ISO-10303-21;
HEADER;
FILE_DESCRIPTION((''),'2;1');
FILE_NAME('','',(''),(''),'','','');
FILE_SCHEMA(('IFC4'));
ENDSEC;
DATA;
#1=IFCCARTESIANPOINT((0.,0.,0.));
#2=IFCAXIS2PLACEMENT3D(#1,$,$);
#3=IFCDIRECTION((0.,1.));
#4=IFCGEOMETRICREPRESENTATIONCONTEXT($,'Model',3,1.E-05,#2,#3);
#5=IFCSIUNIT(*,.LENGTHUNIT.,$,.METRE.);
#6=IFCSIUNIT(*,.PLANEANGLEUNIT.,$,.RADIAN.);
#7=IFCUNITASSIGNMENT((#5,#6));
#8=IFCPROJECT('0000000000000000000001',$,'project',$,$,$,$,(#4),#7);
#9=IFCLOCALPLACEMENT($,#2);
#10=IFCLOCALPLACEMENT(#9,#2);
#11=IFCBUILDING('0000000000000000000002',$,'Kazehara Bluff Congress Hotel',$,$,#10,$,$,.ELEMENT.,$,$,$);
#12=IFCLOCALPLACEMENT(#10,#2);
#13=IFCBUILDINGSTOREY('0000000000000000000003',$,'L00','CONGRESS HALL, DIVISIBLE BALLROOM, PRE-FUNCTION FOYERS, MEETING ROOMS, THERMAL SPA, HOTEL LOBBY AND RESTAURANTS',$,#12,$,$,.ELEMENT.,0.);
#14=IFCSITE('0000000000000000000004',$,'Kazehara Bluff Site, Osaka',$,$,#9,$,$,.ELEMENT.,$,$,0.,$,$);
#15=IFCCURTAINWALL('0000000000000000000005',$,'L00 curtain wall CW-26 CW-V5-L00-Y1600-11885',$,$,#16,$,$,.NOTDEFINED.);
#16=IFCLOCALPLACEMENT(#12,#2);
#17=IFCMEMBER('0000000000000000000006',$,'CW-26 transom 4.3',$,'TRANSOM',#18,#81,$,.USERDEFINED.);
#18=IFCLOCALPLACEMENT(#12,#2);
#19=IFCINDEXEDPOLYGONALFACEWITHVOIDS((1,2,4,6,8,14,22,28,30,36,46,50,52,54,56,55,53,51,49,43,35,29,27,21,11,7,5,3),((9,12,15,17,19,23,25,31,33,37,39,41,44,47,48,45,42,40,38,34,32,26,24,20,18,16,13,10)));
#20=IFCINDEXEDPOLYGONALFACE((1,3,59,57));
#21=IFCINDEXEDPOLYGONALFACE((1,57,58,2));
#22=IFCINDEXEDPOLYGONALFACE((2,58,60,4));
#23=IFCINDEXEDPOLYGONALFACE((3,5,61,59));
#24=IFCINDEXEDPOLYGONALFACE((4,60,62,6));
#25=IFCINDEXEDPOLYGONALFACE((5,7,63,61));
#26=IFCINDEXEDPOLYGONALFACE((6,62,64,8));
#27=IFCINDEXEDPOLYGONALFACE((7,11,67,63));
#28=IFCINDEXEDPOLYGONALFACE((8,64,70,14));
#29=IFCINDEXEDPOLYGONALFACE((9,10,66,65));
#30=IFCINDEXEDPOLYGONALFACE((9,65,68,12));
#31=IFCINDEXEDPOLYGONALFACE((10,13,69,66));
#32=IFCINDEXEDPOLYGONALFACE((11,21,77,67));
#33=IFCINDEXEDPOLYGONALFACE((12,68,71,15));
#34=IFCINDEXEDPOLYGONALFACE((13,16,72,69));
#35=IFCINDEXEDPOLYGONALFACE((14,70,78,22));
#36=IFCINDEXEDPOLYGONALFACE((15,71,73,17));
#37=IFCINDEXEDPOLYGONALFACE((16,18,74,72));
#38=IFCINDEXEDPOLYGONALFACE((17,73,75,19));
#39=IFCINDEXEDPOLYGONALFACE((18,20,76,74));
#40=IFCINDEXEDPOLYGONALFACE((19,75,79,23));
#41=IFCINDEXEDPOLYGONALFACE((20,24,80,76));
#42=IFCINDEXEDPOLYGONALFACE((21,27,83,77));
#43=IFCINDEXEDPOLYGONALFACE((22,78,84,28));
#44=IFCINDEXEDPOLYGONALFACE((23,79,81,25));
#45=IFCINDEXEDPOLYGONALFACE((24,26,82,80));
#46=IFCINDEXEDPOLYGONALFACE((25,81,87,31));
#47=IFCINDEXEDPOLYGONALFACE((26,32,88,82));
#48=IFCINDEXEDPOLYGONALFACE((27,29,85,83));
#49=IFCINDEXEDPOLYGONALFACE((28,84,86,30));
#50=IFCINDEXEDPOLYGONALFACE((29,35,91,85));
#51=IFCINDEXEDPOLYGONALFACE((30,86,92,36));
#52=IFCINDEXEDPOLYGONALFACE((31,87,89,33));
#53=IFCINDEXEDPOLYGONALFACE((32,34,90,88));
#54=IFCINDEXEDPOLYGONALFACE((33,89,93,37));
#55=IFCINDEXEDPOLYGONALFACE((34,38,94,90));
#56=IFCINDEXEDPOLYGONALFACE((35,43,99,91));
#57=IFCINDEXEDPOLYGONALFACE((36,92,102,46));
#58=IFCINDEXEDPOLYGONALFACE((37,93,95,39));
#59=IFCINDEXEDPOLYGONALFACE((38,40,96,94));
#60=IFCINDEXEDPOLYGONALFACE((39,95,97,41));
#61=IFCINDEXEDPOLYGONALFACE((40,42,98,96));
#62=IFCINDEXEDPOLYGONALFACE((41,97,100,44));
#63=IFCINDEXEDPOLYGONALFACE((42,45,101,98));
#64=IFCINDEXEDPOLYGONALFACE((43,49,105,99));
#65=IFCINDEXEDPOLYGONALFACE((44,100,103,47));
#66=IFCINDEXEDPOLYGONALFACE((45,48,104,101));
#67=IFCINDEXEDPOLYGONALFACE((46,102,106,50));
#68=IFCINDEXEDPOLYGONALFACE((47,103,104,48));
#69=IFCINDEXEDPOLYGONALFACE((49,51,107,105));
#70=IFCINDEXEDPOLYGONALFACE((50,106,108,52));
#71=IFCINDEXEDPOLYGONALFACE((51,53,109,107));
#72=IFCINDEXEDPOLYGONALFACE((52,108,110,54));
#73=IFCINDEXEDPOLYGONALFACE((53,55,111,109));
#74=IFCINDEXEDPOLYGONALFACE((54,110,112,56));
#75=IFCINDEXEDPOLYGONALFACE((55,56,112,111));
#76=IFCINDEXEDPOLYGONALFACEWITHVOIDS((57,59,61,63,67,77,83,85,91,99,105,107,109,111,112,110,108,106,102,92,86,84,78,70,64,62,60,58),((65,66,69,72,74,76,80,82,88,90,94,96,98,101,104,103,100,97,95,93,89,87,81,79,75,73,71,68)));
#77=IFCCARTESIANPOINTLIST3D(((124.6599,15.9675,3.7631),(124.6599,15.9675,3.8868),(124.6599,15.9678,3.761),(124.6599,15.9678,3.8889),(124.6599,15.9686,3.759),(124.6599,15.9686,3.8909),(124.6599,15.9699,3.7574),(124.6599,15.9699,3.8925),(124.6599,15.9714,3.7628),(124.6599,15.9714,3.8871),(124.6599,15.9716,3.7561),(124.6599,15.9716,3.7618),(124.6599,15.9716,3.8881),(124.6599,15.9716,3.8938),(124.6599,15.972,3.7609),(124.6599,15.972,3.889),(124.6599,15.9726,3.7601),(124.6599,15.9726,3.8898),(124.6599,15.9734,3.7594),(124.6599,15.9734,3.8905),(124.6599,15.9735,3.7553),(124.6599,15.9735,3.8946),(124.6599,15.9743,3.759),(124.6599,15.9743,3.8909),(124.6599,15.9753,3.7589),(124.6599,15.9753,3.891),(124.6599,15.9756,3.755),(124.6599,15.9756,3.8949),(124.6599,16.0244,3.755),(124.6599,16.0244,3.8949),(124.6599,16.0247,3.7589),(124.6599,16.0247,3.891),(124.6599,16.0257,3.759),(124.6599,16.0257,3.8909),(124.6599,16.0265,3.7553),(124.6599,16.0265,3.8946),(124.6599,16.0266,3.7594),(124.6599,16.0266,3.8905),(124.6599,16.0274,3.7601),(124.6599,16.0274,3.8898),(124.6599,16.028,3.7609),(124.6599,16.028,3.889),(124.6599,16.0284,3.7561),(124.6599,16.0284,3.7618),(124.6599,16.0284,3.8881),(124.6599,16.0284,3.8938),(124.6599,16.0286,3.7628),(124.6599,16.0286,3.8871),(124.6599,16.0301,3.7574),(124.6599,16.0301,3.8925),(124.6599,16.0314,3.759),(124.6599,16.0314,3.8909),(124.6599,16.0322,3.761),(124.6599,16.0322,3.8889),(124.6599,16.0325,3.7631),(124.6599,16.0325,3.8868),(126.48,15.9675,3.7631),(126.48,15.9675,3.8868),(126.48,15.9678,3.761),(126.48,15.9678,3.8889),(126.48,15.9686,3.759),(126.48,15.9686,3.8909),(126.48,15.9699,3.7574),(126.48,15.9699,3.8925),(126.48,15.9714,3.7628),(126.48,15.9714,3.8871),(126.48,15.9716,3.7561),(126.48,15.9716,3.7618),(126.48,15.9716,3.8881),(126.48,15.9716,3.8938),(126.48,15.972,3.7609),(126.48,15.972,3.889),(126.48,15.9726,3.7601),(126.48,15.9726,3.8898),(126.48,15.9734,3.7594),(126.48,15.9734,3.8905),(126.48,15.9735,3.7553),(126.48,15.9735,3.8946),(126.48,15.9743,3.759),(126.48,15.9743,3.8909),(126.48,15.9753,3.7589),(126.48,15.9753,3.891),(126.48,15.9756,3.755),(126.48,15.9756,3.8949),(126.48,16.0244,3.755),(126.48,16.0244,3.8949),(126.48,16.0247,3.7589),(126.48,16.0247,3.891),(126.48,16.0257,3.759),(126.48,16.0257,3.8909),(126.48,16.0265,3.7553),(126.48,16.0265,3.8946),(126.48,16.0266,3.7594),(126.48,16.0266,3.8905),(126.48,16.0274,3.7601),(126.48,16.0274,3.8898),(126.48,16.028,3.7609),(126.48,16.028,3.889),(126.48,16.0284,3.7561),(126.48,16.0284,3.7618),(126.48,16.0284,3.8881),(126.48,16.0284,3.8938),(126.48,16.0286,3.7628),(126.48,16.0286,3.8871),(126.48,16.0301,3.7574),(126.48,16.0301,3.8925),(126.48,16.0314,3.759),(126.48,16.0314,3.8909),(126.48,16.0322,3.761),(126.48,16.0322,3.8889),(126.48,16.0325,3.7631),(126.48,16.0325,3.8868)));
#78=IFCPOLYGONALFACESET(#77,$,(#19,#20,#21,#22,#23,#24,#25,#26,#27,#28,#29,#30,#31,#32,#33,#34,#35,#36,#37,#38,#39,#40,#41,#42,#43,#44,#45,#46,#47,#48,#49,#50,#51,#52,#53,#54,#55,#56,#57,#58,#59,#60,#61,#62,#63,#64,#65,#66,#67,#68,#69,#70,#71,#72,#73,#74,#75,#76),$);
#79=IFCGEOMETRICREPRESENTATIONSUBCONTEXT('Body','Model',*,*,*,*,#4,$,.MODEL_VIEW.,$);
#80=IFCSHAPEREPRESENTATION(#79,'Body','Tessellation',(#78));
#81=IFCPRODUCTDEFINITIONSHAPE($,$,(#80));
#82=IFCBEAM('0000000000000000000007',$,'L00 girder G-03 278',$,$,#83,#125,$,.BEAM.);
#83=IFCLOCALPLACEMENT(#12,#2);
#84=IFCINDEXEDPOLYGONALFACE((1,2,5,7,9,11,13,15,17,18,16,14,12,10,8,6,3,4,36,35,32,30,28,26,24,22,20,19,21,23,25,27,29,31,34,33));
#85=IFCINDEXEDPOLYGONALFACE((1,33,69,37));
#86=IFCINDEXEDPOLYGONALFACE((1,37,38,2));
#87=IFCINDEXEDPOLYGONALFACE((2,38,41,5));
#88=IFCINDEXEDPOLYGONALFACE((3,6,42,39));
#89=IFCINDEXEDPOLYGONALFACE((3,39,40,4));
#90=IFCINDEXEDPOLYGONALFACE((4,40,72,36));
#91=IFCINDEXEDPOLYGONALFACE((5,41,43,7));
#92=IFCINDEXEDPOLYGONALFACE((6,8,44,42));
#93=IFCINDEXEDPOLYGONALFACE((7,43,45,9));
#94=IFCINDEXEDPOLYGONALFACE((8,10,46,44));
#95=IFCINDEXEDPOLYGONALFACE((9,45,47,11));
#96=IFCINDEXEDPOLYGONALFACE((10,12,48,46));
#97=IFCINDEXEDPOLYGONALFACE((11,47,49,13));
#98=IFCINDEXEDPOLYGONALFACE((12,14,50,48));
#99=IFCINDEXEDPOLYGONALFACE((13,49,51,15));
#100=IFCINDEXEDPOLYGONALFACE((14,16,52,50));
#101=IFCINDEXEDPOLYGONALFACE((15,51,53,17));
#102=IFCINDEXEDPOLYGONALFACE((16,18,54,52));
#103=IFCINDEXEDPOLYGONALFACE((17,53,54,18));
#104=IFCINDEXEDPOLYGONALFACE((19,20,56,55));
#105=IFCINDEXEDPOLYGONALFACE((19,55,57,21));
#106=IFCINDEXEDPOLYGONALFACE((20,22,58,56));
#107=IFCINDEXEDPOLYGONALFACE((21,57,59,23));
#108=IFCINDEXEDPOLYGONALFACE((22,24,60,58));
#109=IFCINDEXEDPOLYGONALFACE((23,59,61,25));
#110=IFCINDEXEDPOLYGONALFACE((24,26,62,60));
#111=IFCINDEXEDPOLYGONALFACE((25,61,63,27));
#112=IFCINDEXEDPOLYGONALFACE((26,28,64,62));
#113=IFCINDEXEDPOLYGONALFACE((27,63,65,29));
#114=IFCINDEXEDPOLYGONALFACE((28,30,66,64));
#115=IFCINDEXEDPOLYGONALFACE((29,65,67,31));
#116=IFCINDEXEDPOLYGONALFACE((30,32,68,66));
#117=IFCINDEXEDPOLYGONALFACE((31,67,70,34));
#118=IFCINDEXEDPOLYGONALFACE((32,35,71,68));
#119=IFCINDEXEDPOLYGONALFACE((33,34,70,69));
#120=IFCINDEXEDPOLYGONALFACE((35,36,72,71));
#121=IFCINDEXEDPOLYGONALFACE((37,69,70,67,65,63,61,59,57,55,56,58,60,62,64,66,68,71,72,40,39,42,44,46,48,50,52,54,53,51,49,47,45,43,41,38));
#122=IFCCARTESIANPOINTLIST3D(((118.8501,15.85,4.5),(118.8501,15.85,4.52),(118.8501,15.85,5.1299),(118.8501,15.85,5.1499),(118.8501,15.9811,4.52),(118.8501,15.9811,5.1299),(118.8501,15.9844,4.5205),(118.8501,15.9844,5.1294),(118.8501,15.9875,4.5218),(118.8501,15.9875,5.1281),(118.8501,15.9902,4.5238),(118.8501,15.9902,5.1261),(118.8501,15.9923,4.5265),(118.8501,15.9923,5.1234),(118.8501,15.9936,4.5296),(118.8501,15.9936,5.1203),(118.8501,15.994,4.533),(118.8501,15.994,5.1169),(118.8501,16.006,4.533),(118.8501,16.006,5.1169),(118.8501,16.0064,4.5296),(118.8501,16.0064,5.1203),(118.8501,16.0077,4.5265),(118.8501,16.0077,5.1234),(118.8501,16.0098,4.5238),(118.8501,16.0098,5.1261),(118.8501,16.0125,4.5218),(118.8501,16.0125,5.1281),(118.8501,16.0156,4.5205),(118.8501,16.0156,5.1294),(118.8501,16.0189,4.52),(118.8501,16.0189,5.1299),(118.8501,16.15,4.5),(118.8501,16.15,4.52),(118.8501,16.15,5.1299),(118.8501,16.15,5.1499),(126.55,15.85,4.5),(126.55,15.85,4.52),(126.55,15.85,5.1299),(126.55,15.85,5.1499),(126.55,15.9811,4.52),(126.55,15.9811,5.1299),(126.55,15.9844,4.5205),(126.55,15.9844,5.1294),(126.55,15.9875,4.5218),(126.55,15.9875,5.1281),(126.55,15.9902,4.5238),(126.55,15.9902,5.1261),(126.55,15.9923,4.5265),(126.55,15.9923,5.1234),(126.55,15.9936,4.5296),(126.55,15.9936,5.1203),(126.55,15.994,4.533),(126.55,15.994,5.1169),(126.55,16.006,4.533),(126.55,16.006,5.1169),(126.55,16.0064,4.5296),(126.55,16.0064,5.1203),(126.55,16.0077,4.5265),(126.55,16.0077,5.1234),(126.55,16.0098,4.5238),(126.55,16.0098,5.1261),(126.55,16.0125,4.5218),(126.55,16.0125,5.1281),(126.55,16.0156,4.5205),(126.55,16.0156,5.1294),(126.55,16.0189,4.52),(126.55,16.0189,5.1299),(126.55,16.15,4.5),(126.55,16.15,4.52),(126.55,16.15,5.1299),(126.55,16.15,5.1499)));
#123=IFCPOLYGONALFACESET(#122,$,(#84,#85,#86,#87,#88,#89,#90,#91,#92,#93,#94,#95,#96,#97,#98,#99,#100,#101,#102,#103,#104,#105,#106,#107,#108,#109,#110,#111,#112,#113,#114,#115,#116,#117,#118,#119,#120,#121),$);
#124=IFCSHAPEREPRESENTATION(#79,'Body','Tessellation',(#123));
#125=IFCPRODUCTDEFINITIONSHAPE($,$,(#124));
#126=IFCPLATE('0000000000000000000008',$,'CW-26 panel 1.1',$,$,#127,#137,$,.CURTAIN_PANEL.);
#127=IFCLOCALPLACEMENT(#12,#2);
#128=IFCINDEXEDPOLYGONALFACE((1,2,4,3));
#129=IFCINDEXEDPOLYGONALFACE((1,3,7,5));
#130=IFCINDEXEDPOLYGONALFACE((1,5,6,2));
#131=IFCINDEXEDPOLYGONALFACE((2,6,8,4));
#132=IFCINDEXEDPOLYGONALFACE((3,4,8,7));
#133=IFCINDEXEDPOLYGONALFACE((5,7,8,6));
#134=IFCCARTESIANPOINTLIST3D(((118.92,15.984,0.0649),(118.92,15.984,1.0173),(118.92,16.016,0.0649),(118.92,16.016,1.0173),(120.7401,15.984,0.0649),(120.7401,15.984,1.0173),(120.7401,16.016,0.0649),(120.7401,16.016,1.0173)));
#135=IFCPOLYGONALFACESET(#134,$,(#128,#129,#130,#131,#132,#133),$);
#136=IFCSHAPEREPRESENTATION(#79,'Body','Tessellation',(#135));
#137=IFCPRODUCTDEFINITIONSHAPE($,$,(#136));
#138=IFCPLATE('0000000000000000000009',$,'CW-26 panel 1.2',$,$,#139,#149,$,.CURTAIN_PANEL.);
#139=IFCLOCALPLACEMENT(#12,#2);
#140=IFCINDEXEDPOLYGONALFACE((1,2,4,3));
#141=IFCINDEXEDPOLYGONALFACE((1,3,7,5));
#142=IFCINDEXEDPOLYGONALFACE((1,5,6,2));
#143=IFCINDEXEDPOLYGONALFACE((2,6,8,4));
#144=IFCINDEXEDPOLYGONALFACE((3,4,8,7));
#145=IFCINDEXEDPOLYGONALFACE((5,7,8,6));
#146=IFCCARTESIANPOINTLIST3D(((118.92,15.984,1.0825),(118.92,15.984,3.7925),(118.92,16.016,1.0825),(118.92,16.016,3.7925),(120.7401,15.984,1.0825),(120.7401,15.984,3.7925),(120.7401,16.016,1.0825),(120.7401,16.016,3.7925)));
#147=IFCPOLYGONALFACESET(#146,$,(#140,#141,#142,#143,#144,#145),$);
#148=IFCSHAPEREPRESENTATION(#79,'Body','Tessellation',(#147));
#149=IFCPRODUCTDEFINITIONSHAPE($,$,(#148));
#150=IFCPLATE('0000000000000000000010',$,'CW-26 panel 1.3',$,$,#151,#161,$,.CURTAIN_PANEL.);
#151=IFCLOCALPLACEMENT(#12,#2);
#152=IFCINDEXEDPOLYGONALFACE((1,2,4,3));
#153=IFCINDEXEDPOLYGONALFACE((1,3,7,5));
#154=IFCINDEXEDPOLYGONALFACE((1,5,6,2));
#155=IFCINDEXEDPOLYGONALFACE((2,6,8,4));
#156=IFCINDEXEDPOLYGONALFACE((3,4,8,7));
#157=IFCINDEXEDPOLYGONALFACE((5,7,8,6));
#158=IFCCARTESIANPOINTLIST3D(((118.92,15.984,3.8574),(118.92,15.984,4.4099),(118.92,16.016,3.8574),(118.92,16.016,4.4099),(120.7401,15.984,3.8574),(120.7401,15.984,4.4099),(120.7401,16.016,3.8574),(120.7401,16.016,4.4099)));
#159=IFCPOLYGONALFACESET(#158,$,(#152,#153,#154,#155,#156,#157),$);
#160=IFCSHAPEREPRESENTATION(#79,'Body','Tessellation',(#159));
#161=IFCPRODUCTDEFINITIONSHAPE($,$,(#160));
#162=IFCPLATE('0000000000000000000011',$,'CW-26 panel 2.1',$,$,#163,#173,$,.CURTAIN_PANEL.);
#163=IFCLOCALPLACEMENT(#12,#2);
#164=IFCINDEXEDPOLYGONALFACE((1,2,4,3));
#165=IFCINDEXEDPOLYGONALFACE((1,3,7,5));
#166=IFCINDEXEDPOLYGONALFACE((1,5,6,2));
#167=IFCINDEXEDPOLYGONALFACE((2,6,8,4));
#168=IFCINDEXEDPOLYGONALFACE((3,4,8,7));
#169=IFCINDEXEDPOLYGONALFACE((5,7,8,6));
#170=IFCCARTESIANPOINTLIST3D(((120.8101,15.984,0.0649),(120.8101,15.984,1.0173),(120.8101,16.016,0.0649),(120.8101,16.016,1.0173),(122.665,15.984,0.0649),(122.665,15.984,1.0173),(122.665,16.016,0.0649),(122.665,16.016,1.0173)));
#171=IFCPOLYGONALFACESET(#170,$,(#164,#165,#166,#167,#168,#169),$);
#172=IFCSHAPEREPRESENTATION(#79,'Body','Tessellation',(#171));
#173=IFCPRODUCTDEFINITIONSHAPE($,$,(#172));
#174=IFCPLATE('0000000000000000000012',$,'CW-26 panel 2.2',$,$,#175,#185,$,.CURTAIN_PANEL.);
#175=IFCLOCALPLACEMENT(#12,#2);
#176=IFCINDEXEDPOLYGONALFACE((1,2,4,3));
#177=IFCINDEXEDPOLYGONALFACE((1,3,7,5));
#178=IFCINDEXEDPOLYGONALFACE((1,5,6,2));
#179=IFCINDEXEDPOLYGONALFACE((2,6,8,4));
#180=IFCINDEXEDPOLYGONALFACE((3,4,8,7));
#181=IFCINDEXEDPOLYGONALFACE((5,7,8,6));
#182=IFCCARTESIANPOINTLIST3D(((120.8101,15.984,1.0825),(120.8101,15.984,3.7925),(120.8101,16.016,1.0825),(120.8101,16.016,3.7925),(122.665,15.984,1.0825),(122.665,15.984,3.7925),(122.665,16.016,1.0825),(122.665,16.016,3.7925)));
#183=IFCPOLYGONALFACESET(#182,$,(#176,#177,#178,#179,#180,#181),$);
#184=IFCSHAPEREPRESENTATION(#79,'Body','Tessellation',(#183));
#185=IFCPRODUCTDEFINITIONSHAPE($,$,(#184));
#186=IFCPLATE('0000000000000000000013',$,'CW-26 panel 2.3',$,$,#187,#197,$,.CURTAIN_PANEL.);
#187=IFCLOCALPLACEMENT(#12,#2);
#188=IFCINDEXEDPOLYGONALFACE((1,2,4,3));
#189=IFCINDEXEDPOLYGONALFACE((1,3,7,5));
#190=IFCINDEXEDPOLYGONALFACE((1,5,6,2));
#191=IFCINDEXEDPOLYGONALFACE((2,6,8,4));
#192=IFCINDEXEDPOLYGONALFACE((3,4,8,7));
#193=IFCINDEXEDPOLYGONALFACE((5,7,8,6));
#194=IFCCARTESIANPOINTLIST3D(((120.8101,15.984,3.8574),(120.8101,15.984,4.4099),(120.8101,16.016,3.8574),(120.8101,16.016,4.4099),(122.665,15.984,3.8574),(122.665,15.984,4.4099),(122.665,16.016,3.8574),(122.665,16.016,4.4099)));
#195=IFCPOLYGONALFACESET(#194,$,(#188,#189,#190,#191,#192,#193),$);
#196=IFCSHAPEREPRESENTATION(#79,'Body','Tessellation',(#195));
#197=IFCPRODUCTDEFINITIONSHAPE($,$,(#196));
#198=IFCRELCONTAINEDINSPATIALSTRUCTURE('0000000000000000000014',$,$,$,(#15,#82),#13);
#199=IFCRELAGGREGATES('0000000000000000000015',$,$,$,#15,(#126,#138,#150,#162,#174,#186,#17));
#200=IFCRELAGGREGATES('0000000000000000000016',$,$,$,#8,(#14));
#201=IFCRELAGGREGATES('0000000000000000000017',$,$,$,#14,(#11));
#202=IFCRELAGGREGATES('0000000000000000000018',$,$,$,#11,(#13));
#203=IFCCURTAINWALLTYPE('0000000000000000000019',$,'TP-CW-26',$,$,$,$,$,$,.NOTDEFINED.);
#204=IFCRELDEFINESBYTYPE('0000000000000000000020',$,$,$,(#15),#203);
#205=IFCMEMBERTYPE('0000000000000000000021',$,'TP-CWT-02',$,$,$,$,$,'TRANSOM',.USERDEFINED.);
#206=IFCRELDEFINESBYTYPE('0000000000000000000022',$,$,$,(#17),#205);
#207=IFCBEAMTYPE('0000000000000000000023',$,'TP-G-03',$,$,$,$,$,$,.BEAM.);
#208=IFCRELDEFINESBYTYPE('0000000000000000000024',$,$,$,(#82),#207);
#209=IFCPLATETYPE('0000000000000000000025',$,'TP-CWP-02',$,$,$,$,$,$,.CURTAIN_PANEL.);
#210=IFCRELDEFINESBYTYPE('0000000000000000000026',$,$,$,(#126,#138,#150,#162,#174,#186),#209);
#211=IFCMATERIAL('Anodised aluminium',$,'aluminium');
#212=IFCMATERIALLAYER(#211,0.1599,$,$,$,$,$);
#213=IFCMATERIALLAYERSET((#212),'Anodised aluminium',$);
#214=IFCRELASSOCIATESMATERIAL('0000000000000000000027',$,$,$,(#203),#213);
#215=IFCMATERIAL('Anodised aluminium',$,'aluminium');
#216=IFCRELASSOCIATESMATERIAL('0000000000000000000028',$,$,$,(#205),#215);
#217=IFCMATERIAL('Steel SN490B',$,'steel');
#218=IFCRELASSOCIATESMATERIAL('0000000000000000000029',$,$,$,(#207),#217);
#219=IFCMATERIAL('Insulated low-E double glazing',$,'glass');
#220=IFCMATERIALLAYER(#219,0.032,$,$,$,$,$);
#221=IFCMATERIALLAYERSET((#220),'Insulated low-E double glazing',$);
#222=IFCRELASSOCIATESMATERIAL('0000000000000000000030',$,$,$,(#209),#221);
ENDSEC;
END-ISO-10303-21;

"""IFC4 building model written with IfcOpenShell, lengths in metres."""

from ifc_helpers import new_model, si_unit, direction, frame, origin, origin_2d, place, context, subcontext, project, spatial, rectangle, hollow_rectangle, i_section, extrude, material, layer, layer_set, material_profile, profile_set, type_object, element, aggregate, save


model = new_model("IFC4")

# Units and contexts
model_context = context("Model", 3, precision=1e-05, world=origin(), true_north=direction((0.0, 1.0)))
body_context = subcontext(model_context, "Body", "Model", "MODEL_VIEW")
ifc_project = project(units=[si_unit("LENGTHUNIT", "METRE"), si_unit("PLANEANGLEUNIT", "RADIAN")], contexts=[model_context])

# Site, building, storey
site_placement = place(None, origin())
site = spatial("IfcSite", under=ifc_project, at=site_placement, Name="Kazehara Bluff Site, Osaka", CompositionType="ELEMENT", RefElevation=0.0)
building_placement = place(site_placement, origin())
building = spatial("IfcBuilding", under=site, at=building_placement, Name="Kazehara Bluff Congress Hotel", CompositionType="ELEMENT")
storey_placement = place(building_placement, origin())
storey = spatial("IfcBuildingStorey", under=building, at=storey_placement, Name="L00", Description="CONGRESS HALL, DIVISIBLE BALLROOM, PRE-FUNCTION FOYERS, MEETING ROOMS, THERMAL SPA, HOTEL LOBBY AND RESTAURANTS", CompositionType="ELEMENT", Elevation=0.0)

# Curtain wall, member
ifc_material_1 = material(Name="Anodised aluminium", Category="aluminium")
ifc_layer_1 = layer(ifc_material_1, 0.1599)
ifc_layer_set_1 = layer_set([ifc_layer_1], Name="Anodised aluminium")
curtain_wall_type = type_object("IfcCurtainWallType", Name="TP-CW-26", PredefinedType="NOTDEFINED", material=ifc_layer_set_1)
curtain_wall_placement = place(storey_placement, origin())
curtain_wall = element("IfcCurtainWall", 1, at=curtain_wall_placement, inside=storey, type_object=curtain_wall_type, Name="L00 curtain wall CW-26 CW-V5-L00-Y1600-11885", PredefinedType="NOTDEFINED")
ifc_material_2 = material(Name="Anodised aluminium", Category="aluminium")
ifc_material_profile_1 = material_profile(ifc_material_2, hollow_rectangle(XDim=0.0649, YDim=0.1399, WallThickness=0.0039, InnerFilletRadius=0.0039, OuterFilletRadius=0.0081, at=origin_2d()))
ifc_profile_set_1 = profile_set([ifc_material_profile_1], Name="Anodised aluminium")
member_type_1 = type_object("IfcMemberType", Name="TP-CWT-02", ElementType="TRANSOM", PredefinedType="USERDEFINED", material=ifc_profile_set_1)
member_1_placement = place(storey_placement, frame((124.6599, 16.0, 3.825), z_axis=(1.0, 0.0, 0.0), x_axis=(0.0, 1.0, 0.0)))
member_1 = element("IfcMember", 2, at=member_1_placement, type_object=member_type_1, Name="CW-26 transom 4.3", ObjectType="TRANSOM", PredefinedType="USERDEFINED", context=body_context, shape_type="SweptSolid", body=[
    extrude(hollow_rectangle(XDim=0.0649, YDim=0.1399, WallThickness=0.0039, InnerFilletRadius=0.0039, OuterFilletRadius=0.0081, at=origin_2d()), origin(), (0.0, 0.0, 1.0), 1.8201),
])

# Beam
ifc_material_3 = material(Name="Steel SN490B", Category="steel")
ifc_material_profile_2 = material_profile(ifc_material_3, i_section(OverallWidth=0.3, OverallDepth=0.6499, WebThickness=0.012, FlangeThickness=0.02, FilletRadius=0.0129, at=origin_2d()))
ifc_profile_set_2 = profile_set([ifc_material_profile_2], Name="Steel SN490B")
beam_type = type_object("IfcBeamType", Name="TP-G-03", PredefinedType="BEAM", material=ifc_profile_set_2)
beam_placement = place(storey_placement, frame((118.8501, 16.0, 4.825), z_axis=(1.0, 0.0, 0.0), x_axis=(0.0, 1.0, 0.0)))
element("IfcBeam", 3, at=beam_placement, inside=storey, type_object=beam_type, Name="L00 girder G-03 278", PredefinedType="BEAM", context=body_context, shape_type="SweptSolid", body=[
    extrude(i_section(OverallWidth=0.3, OverallDepth=0.6499, WebThickness=0.012, FlangeThickness=0.02, FilletRadius=0.0129, at=origin_2d()), origin(), (0.0, 0.0, 1.0), 7.7),
])

# Plates
ifc_material_4 = material(Name="Insulated low-E double glazing", Category="glass")
ifc_layer_2 = layer(ifc_material_4, 0.032)
ifc_layer_set_2 = layer_set([ifc_layer_2], Name="Insulated low-E double glazing")
plate_type = type_object("IfcPlateType", Name="TP-CWP-02", PredefinedType="CURTAIN_PANEL", material=ifc_layer_set_2)
plate_1_placement = place(storey_placement, frame((119.8301, 16.0, 0.0649), z_axis=(0.0, 0.0, 1.0), x_axis=(1.0, 0.0, 0.0)))
plate_1 = element("IfcPlate", 4, at=plate_1_placement, type_object=plate_type, Name="CW-26 panel 1.1", PredefinedType="CURTAIN_PANEL", context=body_context, shape_type="SweptSolid", body=[
    extrude(rectangle(XDim=1.8201, YDim=0.032, at=origin_2d()), origin(), (0.0, 0.0, 1.0), 0.9524),
])
plate_2_placement = place(storey_placement, frame((119.8301, 16.0, 1.0825), z_axis=(0.0, 0.0, 1.0), x_axis=(1.0, 0.0, 0.0)))
plate_2 = element("IfcPlate", 5, at=plate_2_placement, type_object=plate_type, Name="CW-26 panel 1.2", PredefinedType="CURTAIN_PANEL", context=body_context, shape_type="SweptSolid", body=[
    extrude(rectangle(XDim=1.8201, YDim=0.032, at=origin_2d()), origin(), (0.0, 0.0, 1.0), 2.71),
])
plate_3_placement = place(storey_placement, frame((119.8301, 16.0, 3.8574), z_axis=(0.0, 0.0, 1.0), x_axis=(1.0, 0.0, 0.0)))
plate_3 = element("IfcPlate", 6, at=plate_3_placement, type_object=plate_type, Name="CW-26 panel 1.3", PredefinedType="CURTAIN_PANEL", context=body_context, shape_type="SweptSolid", body=[
    extrude(rectangle(XDim=1.8201, YDim=0.032, at=origin_2d()), origin(), (0.0, 0.0, 1.0), 0.5525),
])
plate_4_placement = place(storey_placement, frame((121.7375, 16.0, 0.0649), z_axis=(0.0, 0.0, 1.0), x_axis=(1.0, 0.0, 0.0)))
plate_4 = element("IfcPlate", 7, at=plate_4_placement, type_object=plate_type, Name="CW-26 panel 2.1", PredefinedType="CURTAIN_PANEL", context=body_context, shape_type="SweptSolid", body=[
    extrude(rectangle(XDim=1.855, YDim=0.032, at=origin_2d()), origin(), (0.0, 0.0, 1.0), 0.9524),
])
plate_5_placement = place(storey_placement, frame((121.7375, 16.0, 1.0825), z_axis=(0.0, 0.0, 1.0), x_axis=(1.0, 0.0, 0.0)))
plate_5 = element("IfcPlate", 8, at=plate_5_placement, type_object=plate_type, Name="CW-26 panel 2.2", PredefinedType="CURTAIN_PANEL", context=body_context, shape_type="SweptSolid", body=[
    extrude(rectangle(XDim=1.855, YDim=0.032, at=origin_2d()), origin(), (0.0, 0.0, 1.0), 2.71),
])
plate_6_placement = place(storey_placement, frame((121.7375, 16.0, 3.8574), z_axis=(0.0, 0.0, 1.0), x_axis=(1.0, 0.0, 0.0)))
plate_6 = element("IfcPlate", 9, at=plate_6_placement, type_object=plate_type, Name="CW-26 panel 2.3", PredefinedType="CURTAIN_PANEL", context=body_context, shape_type="SweptSolid", body=[
    extrude(rectangle(XDim=1.855, YDim=0.032, at=origin_2d()), origin(), (0.0, 0.0, 1.0), 0.5525),
])
aggregate(curtain_wall, [plate_1, plate_2, plate_3, plate_4, plate_5, plate_6, member_1])

save(model, "model.ifc")
